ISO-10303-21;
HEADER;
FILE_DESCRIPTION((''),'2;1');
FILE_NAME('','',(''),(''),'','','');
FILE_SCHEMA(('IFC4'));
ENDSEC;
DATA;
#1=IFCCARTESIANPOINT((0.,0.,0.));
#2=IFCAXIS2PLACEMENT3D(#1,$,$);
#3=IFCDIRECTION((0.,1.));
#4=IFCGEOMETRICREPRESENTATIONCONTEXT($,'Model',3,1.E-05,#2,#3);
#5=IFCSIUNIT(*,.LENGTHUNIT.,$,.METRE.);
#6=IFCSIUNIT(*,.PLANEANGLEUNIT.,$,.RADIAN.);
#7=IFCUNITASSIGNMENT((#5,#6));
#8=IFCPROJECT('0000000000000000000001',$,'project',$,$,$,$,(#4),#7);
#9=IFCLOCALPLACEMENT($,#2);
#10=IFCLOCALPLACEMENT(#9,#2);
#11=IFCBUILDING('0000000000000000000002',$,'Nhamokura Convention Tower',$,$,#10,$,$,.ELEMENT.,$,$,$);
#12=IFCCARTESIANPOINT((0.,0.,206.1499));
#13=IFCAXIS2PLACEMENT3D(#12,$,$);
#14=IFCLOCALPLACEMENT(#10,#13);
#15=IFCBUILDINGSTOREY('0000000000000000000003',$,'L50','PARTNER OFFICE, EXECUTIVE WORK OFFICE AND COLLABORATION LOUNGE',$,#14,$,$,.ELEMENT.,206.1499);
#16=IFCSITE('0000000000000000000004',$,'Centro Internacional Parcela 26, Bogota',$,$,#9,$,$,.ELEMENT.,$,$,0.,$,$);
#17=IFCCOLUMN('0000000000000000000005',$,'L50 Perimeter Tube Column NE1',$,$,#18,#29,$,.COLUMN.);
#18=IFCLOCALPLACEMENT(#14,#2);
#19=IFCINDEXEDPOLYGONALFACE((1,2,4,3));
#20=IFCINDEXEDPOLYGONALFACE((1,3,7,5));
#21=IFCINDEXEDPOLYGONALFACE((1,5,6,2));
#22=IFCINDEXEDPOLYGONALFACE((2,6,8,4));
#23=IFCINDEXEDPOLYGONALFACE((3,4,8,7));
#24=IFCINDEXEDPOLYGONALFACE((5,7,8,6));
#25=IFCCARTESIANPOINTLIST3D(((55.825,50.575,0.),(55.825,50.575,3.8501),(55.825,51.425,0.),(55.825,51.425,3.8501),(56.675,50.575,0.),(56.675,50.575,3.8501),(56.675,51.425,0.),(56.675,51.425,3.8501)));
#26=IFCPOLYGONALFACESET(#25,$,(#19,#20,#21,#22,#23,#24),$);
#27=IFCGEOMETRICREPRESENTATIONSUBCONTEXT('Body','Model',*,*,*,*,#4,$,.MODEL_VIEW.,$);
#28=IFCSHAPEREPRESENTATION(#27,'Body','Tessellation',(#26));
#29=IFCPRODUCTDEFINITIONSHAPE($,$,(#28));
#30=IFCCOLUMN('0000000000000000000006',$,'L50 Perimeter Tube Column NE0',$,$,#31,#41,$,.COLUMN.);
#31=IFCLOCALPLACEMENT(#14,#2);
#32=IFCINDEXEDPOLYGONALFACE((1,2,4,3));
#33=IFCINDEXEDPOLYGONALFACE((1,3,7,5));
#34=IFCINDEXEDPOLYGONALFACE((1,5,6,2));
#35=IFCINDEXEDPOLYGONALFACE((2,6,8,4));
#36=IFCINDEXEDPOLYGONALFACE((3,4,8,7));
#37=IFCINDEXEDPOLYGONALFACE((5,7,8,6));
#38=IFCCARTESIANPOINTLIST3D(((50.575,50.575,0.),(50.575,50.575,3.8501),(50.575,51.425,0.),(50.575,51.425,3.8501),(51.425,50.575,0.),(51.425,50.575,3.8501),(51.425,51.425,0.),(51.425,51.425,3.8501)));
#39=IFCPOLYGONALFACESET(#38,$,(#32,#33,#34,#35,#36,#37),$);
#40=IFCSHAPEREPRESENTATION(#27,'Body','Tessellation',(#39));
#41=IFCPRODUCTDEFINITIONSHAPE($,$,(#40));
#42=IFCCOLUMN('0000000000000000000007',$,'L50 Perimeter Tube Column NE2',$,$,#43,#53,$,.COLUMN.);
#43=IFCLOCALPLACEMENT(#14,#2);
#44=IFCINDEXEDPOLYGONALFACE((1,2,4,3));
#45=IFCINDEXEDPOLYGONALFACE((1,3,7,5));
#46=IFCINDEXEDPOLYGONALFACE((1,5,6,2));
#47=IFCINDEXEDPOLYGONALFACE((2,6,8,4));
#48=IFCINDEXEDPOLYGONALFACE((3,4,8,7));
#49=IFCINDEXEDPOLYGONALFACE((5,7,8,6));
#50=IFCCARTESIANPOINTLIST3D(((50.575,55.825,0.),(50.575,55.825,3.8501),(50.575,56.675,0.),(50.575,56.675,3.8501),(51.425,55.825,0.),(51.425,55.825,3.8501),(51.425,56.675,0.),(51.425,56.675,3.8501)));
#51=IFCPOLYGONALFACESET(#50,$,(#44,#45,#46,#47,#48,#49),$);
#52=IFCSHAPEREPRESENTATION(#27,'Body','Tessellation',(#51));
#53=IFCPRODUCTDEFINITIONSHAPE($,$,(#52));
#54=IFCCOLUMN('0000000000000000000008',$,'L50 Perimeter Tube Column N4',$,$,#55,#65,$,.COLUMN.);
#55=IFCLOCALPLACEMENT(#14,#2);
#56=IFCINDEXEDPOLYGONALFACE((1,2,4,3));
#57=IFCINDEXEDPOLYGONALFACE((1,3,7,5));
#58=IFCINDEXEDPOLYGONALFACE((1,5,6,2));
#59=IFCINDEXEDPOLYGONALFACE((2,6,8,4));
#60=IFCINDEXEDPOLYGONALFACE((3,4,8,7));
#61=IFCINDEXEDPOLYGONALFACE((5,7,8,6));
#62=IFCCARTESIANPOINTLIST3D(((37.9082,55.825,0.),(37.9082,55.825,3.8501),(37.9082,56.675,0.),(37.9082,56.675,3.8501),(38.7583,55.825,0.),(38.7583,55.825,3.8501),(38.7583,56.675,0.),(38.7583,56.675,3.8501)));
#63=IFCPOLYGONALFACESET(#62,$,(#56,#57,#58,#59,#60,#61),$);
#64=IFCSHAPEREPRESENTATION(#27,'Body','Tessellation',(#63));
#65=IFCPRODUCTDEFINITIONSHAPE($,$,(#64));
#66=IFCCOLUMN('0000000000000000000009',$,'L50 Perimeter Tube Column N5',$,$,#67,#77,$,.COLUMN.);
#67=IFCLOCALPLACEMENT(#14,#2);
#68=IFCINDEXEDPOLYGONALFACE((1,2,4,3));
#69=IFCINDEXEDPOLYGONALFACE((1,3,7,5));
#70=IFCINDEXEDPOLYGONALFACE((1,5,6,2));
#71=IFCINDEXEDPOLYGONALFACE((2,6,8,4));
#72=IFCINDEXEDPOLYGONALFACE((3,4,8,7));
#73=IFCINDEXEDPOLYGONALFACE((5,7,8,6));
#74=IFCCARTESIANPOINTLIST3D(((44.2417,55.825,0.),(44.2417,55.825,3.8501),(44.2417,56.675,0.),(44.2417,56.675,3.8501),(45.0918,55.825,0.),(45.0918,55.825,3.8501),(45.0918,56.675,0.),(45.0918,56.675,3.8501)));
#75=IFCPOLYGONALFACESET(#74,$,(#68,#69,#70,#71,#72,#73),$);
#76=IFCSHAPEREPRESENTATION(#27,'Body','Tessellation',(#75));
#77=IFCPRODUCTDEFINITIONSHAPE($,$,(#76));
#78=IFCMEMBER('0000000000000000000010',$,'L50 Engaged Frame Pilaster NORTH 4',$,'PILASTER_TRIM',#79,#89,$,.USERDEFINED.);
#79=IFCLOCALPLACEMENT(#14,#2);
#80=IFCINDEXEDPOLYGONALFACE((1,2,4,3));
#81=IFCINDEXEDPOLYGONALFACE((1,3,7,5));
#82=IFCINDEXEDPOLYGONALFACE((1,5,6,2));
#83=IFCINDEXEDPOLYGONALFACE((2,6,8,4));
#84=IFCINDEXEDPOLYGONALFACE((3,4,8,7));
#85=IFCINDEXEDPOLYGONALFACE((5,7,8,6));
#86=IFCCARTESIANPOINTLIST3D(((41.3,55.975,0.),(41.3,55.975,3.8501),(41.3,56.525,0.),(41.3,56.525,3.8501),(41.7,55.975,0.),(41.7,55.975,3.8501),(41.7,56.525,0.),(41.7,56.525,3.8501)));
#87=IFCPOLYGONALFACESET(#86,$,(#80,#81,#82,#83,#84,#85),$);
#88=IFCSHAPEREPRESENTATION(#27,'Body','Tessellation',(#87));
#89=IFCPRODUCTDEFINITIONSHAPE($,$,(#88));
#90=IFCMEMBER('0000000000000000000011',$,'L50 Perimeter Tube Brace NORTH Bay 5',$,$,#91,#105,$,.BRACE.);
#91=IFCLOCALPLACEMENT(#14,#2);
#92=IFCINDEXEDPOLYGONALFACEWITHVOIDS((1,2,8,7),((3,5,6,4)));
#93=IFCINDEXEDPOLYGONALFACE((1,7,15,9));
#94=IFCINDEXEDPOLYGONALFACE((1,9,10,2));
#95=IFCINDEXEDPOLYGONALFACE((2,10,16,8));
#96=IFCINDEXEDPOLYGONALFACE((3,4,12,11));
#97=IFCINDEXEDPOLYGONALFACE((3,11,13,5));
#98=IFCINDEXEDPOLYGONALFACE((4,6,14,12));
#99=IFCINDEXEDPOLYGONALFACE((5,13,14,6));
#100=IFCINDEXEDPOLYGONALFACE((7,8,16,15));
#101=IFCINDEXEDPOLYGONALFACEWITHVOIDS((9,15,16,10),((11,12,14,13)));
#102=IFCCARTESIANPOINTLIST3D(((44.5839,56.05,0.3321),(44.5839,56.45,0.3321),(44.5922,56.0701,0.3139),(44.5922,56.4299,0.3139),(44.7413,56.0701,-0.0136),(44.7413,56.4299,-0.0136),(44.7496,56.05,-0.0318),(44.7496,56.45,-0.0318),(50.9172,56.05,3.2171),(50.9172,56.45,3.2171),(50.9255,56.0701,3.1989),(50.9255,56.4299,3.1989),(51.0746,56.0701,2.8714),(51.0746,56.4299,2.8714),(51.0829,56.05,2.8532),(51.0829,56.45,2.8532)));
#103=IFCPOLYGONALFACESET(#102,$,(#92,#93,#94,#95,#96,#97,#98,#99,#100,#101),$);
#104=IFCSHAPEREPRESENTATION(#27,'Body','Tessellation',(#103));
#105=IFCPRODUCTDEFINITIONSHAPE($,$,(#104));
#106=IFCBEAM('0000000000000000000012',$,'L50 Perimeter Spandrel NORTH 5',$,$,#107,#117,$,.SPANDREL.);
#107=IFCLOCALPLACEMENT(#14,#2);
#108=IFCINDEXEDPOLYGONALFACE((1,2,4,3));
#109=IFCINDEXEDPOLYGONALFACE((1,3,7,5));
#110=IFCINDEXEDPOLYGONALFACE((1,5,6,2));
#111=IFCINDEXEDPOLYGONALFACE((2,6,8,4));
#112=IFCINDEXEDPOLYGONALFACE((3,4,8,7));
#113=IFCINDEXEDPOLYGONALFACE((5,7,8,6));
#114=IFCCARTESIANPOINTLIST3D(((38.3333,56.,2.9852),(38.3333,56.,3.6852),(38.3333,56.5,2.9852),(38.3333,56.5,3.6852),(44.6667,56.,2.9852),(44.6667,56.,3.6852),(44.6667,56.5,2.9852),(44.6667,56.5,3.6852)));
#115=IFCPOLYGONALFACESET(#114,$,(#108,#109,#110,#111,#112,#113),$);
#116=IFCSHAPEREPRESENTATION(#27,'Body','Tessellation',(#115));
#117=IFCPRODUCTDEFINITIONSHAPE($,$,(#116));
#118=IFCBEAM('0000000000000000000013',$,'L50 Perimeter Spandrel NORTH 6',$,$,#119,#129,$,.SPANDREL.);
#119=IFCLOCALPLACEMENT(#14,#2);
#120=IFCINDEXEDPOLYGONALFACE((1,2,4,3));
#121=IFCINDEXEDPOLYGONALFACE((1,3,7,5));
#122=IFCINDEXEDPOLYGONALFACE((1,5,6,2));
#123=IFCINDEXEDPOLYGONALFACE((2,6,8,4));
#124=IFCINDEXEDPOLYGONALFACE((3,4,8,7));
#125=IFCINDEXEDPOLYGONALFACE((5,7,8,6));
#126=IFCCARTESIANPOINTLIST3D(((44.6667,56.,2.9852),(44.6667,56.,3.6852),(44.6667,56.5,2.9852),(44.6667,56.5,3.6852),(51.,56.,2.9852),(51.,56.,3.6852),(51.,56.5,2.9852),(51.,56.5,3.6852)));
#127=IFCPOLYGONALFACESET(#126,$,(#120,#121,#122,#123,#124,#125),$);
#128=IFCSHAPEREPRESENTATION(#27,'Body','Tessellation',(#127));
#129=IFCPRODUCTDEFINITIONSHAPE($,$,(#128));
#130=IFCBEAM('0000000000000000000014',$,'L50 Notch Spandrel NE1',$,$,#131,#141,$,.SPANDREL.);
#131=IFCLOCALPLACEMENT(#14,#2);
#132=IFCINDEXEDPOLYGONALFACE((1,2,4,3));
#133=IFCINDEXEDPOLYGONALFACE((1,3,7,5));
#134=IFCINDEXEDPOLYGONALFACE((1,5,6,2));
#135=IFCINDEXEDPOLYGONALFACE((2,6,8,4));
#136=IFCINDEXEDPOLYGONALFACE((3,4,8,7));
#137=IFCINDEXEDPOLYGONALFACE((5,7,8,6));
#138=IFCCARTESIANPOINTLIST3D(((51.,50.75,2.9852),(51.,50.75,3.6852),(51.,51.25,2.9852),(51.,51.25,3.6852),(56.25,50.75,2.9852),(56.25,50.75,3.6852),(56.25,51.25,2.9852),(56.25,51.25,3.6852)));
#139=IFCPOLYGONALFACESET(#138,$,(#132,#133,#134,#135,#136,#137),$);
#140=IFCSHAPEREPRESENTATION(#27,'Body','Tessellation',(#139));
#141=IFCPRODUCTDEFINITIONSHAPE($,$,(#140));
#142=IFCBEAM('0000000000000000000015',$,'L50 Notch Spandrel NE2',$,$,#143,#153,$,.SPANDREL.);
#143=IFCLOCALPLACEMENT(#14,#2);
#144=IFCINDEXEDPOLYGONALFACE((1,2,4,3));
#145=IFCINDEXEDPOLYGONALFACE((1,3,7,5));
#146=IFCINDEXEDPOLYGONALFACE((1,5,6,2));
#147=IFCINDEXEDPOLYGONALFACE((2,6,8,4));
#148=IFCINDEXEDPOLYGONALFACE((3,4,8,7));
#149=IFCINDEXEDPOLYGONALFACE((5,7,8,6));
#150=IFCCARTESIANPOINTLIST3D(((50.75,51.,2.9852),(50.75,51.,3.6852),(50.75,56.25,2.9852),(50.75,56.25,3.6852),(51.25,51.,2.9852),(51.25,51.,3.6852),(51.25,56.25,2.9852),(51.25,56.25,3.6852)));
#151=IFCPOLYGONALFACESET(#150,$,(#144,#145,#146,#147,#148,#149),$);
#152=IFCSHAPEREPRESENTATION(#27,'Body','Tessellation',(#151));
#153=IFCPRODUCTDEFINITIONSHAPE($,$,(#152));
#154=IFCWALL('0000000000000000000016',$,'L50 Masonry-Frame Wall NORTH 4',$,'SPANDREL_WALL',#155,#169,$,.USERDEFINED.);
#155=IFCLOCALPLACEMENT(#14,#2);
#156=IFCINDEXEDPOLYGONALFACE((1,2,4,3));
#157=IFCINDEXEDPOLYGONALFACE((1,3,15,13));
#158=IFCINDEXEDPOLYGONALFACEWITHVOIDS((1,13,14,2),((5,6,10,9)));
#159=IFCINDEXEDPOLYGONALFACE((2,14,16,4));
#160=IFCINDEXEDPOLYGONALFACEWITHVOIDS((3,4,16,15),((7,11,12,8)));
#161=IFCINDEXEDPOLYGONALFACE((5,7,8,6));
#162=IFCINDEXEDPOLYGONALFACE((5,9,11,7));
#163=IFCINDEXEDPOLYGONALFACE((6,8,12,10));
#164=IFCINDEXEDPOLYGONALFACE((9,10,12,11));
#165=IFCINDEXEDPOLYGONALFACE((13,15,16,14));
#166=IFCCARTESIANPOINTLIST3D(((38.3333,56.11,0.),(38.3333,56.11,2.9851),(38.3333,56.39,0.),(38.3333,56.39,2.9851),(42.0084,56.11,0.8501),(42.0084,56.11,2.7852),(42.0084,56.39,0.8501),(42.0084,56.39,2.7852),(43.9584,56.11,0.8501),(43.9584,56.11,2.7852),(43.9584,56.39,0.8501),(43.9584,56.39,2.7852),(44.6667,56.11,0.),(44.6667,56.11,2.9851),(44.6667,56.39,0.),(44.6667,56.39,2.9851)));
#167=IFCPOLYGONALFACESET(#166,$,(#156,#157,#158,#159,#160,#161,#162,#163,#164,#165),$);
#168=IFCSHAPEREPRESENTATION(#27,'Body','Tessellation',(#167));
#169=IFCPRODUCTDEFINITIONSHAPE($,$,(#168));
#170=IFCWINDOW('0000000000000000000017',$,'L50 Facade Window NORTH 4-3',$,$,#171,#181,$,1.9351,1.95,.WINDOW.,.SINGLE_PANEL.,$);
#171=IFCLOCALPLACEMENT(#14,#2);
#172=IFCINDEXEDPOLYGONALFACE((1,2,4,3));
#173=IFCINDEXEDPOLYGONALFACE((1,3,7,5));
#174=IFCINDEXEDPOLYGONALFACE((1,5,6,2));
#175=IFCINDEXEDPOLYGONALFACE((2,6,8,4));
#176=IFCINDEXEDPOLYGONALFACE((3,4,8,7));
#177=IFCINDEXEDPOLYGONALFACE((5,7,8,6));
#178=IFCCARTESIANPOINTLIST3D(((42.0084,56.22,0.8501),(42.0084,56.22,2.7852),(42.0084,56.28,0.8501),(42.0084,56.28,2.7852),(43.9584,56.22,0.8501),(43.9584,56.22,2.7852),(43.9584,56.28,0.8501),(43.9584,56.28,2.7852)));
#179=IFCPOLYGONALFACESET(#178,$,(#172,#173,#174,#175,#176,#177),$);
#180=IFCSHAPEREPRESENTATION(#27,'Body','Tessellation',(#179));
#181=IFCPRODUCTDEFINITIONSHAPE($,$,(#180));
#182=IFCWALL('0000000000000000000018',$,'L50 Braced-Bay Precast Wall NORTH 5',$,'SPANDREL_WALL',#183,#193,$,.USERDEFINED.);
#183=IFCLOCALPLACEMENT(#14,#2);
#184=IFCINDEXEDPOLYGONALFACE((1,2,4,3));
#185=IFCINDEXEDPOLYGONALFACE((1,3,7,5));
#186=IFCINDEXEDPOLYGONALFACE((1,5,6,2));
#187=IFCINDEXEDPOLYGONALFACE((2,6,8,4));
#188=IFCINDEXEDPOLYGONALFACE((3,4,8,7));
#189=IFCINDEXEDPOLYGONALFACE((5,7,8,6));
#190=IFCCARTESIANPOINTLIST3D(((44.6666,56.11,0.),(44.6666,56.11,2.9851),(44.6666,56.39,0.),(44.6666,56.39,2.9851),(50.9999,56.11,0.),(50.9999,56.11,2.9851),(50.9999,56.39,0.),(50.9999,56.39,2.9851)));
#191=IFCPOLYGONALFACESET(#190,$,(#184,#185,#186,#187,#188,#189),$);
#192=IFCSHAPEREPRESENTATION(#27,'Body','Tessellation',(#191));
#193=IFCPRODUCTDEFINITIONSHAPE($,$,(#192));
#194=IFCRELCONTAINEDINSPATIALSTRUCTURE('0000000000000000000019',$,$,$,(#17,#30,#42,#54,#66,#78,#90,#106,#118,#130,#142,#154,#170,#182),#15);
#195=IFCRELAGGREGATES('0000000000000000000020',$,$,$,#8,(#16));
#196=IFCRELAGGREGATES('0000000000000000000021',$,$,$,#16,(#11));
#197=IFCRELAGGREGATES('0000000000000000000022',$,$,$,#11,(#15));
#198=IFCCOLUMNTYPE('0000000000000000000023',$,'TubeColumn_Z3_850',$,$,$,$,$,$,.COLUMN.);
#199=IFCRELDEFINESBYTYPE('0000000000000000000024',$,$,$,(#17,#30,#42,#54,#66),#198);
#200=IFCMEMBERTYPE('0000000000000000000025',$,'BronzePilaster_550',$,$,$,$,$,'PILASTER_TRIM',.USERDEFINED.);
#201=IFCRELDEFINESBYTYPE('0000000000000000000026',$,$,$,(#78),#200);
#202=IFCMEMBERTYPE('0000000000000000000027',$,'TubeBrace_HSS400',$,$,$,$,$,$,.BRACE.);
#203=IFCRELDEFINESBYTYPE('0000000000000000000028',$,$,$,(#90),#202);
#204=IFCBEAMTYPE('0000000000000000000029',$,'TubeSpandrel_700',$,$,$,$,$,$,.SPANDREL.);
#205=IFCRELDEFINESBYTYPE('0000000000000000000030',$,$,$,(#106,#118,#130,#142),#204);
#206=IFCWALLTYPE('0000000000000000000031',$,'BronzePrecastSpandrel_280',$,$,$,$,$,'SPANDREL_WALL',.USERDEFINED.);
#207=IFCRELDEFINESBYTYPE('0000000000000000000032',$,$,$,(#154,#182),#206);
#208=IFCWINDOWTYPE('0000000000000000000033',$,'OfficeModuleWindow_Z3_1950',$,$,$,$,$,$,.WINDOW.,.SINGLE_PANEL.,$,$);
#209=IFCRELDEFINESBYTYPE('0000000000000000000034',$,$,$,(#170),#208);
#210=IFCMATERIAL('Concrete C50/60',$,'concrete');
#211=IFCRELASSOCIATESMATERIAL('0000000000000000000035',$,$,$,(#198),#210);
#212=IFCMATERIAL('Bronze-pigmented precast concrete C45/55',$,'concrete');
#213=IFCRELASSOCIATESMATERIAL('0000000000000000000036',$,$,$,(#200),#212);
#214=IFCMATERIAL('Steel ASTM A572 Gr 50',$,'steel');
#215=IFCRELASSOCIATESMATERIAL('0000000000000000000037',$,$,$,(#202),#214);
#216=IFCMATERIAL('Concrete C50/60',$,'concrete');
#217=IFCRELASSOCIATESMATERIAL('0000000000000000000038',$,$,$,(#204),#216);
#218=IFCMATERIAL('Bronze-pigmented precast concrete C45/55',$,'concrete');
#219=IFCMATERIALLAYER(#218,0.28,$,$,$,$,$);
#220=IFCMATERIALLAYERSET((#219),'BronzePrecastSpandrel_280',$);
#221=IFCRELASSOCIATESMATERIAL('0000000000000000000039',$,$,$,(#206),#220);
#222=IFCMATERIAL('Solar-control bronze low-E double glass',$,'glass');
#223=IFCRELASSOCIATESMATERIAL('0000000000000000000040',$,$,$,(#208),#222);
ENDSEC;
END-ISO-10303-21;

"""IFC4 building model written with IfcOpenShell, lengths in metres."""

from ifc_helpers import new_model, si_unit, direction, frame, frame_2d, origin, origin_2d, place, context, subcontext, project, spatial, rectangle, hollow_rectangle, extrude, material, layer, layer_set, material_profile, profile_set, type_object, element, fill, save


model = new_model("IFC4")

# Units and contexts
model_context = context("Model", 3, precision=1e-05, world=origin(), true_north=direction((0.0, 1.0)))
body_context = subcontext(model_context, "Body", "Model", "MODEL_VIEW")
ifc_project = project(units=[si_unit("LENGTHUNIT", "METRE"), si_unit("PLANEANGLEUNIT", "RADIAN")], contexts=[model_context])

# Site, building, storey
site_placement = place(None, origin())
site = spatial("IfcSite", under=ifc_project, at=site_placement, Name="Centro Internacional Parcela 26, Bogota", CompositionType="ELEMENT", RefElevation=0.0)
building_placement = place(site_placement, origin())
building = spatial("IfcBuilding", under=site, at=building_placement, Name="Nhamokura Convention Tower", CompositionType="ELEMENT")
storey_placement = place(building_placement, frame((0.0, 0.0, 206.1499)))
storey = spatial("IfcBuildingStorey", under=building, at=storey_placement, Name="L50", Description="PARTNER OFFICE, EXECUTIVE WORK OFFICE AND COLLABORATION LOUNGE", CompositionType="ELEMENT", Elevation=206.1499)

# Columns
ifc_material_1 = material(Name="Concrete C50/60", Category="concrete")
ifc_material_profile_1 = material_profile(ifc_material_1, rectangle(XDim=0.8501, YDim=0.8501, at=origin_2d()))
ifc_profile_set_1 = profile_set([ifc_material_profile_1], Name="Concrete C50/60")
column_type = type_object("IfcColumnType", Name="TubeColumn_Z3_850", PredefinedType="COLUMN", material=ifc_profile_set_1)
for number, where, z_axis, x_axis, name in (
    (1, (56.25, 51.0, 0.0), (0.0, 0.0, 1.0), (1.0, 0.0, 0.0), "L50 Perimeter Tube Column NE1"),
    (2, (51.0, 51.0, 0.0), (0.0, 0.0, 1.0), (1.0, 0.0, 0.0), "L50 Perimeter Tube Column NE0"),
    (3, (51.0, 56.25, 0.0), (0.0, 0.0, 1.0), (1.0, 0.0, 0.0), "L50 Perimeter Tube Column NE2"),
    (4, (38.3333, 56.25, 0.0), (0.0, 0.0, 1.0), (1.0, 0.0, 0.0), "L50 Perimeter Tube Column N4"),
    (5, (44.6667, 56.25, 0.0), (0.0, 0.0, 1.0), (1.0, 0.0, 0.0), "L50 Perimeter Tube Column N5"),
):
    element("IfcColumn", number, at=place(storey_placement, frame(where, z_axis=z_axis, x_axis=x_axis)), inside=storey, type_object=column_type, Name=name, PredefinedType="COLUMN", context=body_context, shape_type="SweptSolid", body=[
        extrude(rectangle(XDim=0.8501, YDim=0.8501, at=origin_2d()), origin(), (0.0, 0.0, 1.0), 3.8501),
    ])

# Members
ifc_material_2 = material(Name="Bronze-pigmented precast concrete C45/55", Category="concrete")
ifc_material_profile_2 = material_profile(ifc_material_2, rectangle(XDim=0.3999, YDim=0.55, at=origin_2d()))
ifc_profile_set_2 = profile_set([ifc_material_profile_2], Name="Bronze-pigmented precast concrete C45/55")
member_type_1 = type_object("IfcMemberType", Name="BronzePilaster_550", ElementType="PILASTER_TRIM", PredefinedType="USERDEFINED", material=ifc_profile_set_2)
member_1_placement = place(storey_placement, frame((41.5, 56.25, 0.0), z_axis=(0.0, 0.0, 1.0), x_axis=(1.0, 0.0, 0.0)))
element("IfcMember", 6, at=member_1_placement, inside=storey, type_object=member_type_1, Name="L50 Engaged Frame Pilaster NORTH 4", ObjectType="PILASTER_TRIM", PredefinedType="USERDEFINED", context=body_context, shape_type="SweptSolid", body=[
    extrude(rectangle(XDim=0.3999, YDim=0.55, at=origin_2d()), origin(), (0.0, 0.0, 1.0), 3.8501),
])
ifc_material_3 = material(Name="Steel ASTM A572 Gr 50", Category="steel")
ifc_material_profile_3 = material_profile(ifc_material_3, hollow_rectangle(XDim=0.3999, YDim=0.3999, WallThickness=0.02, at=origin_2d()))
ifc_profile_set_3 = profile_set([ifc_material_profile_3], Name="Steel ASTM A572 Gr 50")
member_type_2 = type_object("IfcMemberType", Name="TubeBrace_HSS400", PredefinedType="BRACE", material=ifc_profile_set_3)
member_2_placement = place(storey_placement, frame((44.6667, 56.25, 0.1501), z_axis=(0.910027, 0.0, 0.414548), x_axis=(0.0, 1.0, 0.0)))
element("IfcMember", 7, at=member_2_placement, inside=storey, type_object=member_type_2, Name="L50 Perimeter Tube Brace NORTH Bay 5", PredefinedType="BRACE", context=body_context, shape_type="SweptSolid", body=[
    extrude(hollow_rectangle(XDim=0.3999, YDim=0.3999, WallThickness=0.02, at=origin_2d()), origin(), (0.0, 0.0, 1.0), 6.9595),
])

# Beams
ifc_material_4 = material(Name="Concrete C50/60", Category="concrete")
ifc_material_profile_4 = material_profile(ifc_material_4, rectangle(XDim=0.5, YDim=0.7, at=origin_2d()))
ifc_profile_set_4 = profile_set([ifc_material_profile_4], Name="Concrete C50/60")
beam_type = type_object("IfcBeamType", Name="TubeSpandrel_700", PredefinedType="SPANDREL", material=ifc_profile_set_4)
beam_1_placement = place(storey_placement, frame((38.3333, 56.25, 3.3352), z_axis=(1.0, 0.0, 0.0), x_axis=(0.0, 1.0, 0.0)))
element("IfcBeam", 8, at=beam_1_placement, inside=storey, type_object=beam_type, Name="L50 Perimeter Spandrel NORTH 5", PredefinedType="SPANDREL", context=body_context, shape_type="SweptSolid", body=[
    extrude(rectangle(XDim=0.5, YDim=0.7, at=origin_2d()), origin(), (0.0, 0.0, 1.0), 6.3335),
])
beam_2_placement = place(storey_placement, frame((44.6667, 56.25, 3.3352), z_axis=(1.0, 0.0, 0.0), x_axis=(0.0, 1.0, 0.0)))
element("IfcBeam", 9, at=beam_2_placement, inside=storey, type_object=beam_type, Name="L50 Perimeter Spandrel NORTH 6", PredefinedType="SPANDREL", context=body_context, shape_type="SweptSolid", body=[
    extrude(rectangle(XDim=0.5, YDim=0.7, at=origin_2d()), origin(), (0.0, 0.0, 1.0), 6.3333),
])
for number, where, z_axis, x_axis, name in (
    (10, (56.25, 51.0, 3.3352), (-1.0, 0.0, 0.0), (0.0, -1.0, 0.0), "L50 Notch Spandrel NE1"),
    (11, (51.0, 51.0, 3.3352), (0.0, 1.0, 0.0), (-1.0, 0.0, 0.0), "L50 Notch Spandrel NE2"),
):
    element("IfcBeam", number, at=place(storey_placement, frame(where, z_axis=z_axis, x_axis=x_axis)), inside=storey, type_object=beam_type, Name=name, PredefinedType="SPANDREL", context=body_context, shape_type="SweptSolid", body=[
        extrude(rectangle(XDim=0.5, YDim=0.7, at=origin_2d()), origin(), (0.0, 0.0, 1.0), 5.25),
    ])

# Wall, opening, window
ifc_material_5 = material(Name="Bronze-pigmented precast concrete C45/55", Category="concrete")
ifc_layer_1 = layer(ifc_material_5, 0.28)
ifc_layer_set_1 = layer_set([ifc_layer_1], Name="BronzePrecastSpandrel_280")
wall_type_1 = type_object("IfcWallType", Name="BronzePrecastSpandrel_280", ElementType="SPANDREL_WALL", PredefinedType="USERDEFINED", material=ifc_layer_set_1)
wall_1_placement = place(storey_placement, frame((38.3333, 56.25, 0.0), z_axis=(0.0, 0.0, 1.0), x_axis=(1.0, 0.0, 0.0)))
wall_1 = element("IfcWall", 12, at=wall_1_placement, inside=storey, type_object=wall_type_1, Name="L50 Masonry-Frame Wall NORTH 4", ObjectType="SPANDREL_WALL", PredefinedType="USERDEFINED", context=body_context, shape_type="SweptSolid", body=[
    extrude(rectangle(XDim=6.3335, YDim=0.28, at=frame_2d((3.1667, 0.0))), origin(), (0.0, 0.0, 1.0), 2.9851),
])
opening_1_placement = place(wall_1_placement, frame((3.675, 0.0, 0.8501)))
opening_1 = element("IfcOpeningElement", 13, at=opening_1_placement, cuts=wall_1, PredefinedType="OPENING", context=body_context, shape_type="SweptSolid", body=[
    extrude(rectangle(XDim=1.95, YDim=1.9351, at=frame_2d((0.9751, 0.9675))), frame((0.0, 0.1499, 0.0), z_axis=(0.0, -1.0, 0.0), x_axis=(1.0, 0.0, 0.0)), (0.0, 0.0, 1.0), 0.3),
])
ifc_material_6 = material(Name="Solar-control bronze low-E double glass", Category="glass")
window_type = type_object("IfcWindowType", Name="OfficeModuleWindow_Z3_1950", PartitioningType="SINGLE_PANEL", PredefinedType="WINDOW", material=ifc_material_6)
window_placement = place(opening_1_placement, origin())
window = element("IfcWindow", 14, at=window_placement, inside=storey, type_object=window_type, Name="L50 Facade Window NORTH 4-3", OverallHeight=1.9351, OverallWidth=1.95, PartitioningType="SINGLE_PANEL", PredefinedType="WINDOW", context=body_context, shape_type="SweptSolid", body=[
    extrude(rectangle(XDim=1.95, YDim=1.9351, at=frame_2d((0.9751, 0.9675))), frame((0.0, 0.03, 0.0), z_axis=(0.0, -1.0, 0.0), x_axis=(1.0, 0.0, 0.0)), (0.0, 0.0, 1.0), 0.0601),
])
fill(opening_1, window)

# Wall
for number, where, z_axis, x_axis, name in (
    (15, (44.6667, 56.25, 0.0), (0.0, 0.0, 1.0), (1.0, 0.0, 0.0), "L50 Braced-Bay Precast Wall NORTH 5"),
):
    element("IfcWall", number, at=place(storey_placement, frame(where, z_axis=z_axis, x_axis=x_axis)), inside=storey, type_object=wall_type_1, Name=name, ObjectType="SPANDREL_WALL", PredefinedType="USERDEFINED", context=body_context, shape_type="SweptSolid", body=[
        extrude(rectangle(XDim=6.3333, YDim=0.28, at=frame_2d((3.1665, 0.0))), origin(), (0.0, 0.0, 1.0), 2.9851),
    ])

save(model, "model.ifc")
